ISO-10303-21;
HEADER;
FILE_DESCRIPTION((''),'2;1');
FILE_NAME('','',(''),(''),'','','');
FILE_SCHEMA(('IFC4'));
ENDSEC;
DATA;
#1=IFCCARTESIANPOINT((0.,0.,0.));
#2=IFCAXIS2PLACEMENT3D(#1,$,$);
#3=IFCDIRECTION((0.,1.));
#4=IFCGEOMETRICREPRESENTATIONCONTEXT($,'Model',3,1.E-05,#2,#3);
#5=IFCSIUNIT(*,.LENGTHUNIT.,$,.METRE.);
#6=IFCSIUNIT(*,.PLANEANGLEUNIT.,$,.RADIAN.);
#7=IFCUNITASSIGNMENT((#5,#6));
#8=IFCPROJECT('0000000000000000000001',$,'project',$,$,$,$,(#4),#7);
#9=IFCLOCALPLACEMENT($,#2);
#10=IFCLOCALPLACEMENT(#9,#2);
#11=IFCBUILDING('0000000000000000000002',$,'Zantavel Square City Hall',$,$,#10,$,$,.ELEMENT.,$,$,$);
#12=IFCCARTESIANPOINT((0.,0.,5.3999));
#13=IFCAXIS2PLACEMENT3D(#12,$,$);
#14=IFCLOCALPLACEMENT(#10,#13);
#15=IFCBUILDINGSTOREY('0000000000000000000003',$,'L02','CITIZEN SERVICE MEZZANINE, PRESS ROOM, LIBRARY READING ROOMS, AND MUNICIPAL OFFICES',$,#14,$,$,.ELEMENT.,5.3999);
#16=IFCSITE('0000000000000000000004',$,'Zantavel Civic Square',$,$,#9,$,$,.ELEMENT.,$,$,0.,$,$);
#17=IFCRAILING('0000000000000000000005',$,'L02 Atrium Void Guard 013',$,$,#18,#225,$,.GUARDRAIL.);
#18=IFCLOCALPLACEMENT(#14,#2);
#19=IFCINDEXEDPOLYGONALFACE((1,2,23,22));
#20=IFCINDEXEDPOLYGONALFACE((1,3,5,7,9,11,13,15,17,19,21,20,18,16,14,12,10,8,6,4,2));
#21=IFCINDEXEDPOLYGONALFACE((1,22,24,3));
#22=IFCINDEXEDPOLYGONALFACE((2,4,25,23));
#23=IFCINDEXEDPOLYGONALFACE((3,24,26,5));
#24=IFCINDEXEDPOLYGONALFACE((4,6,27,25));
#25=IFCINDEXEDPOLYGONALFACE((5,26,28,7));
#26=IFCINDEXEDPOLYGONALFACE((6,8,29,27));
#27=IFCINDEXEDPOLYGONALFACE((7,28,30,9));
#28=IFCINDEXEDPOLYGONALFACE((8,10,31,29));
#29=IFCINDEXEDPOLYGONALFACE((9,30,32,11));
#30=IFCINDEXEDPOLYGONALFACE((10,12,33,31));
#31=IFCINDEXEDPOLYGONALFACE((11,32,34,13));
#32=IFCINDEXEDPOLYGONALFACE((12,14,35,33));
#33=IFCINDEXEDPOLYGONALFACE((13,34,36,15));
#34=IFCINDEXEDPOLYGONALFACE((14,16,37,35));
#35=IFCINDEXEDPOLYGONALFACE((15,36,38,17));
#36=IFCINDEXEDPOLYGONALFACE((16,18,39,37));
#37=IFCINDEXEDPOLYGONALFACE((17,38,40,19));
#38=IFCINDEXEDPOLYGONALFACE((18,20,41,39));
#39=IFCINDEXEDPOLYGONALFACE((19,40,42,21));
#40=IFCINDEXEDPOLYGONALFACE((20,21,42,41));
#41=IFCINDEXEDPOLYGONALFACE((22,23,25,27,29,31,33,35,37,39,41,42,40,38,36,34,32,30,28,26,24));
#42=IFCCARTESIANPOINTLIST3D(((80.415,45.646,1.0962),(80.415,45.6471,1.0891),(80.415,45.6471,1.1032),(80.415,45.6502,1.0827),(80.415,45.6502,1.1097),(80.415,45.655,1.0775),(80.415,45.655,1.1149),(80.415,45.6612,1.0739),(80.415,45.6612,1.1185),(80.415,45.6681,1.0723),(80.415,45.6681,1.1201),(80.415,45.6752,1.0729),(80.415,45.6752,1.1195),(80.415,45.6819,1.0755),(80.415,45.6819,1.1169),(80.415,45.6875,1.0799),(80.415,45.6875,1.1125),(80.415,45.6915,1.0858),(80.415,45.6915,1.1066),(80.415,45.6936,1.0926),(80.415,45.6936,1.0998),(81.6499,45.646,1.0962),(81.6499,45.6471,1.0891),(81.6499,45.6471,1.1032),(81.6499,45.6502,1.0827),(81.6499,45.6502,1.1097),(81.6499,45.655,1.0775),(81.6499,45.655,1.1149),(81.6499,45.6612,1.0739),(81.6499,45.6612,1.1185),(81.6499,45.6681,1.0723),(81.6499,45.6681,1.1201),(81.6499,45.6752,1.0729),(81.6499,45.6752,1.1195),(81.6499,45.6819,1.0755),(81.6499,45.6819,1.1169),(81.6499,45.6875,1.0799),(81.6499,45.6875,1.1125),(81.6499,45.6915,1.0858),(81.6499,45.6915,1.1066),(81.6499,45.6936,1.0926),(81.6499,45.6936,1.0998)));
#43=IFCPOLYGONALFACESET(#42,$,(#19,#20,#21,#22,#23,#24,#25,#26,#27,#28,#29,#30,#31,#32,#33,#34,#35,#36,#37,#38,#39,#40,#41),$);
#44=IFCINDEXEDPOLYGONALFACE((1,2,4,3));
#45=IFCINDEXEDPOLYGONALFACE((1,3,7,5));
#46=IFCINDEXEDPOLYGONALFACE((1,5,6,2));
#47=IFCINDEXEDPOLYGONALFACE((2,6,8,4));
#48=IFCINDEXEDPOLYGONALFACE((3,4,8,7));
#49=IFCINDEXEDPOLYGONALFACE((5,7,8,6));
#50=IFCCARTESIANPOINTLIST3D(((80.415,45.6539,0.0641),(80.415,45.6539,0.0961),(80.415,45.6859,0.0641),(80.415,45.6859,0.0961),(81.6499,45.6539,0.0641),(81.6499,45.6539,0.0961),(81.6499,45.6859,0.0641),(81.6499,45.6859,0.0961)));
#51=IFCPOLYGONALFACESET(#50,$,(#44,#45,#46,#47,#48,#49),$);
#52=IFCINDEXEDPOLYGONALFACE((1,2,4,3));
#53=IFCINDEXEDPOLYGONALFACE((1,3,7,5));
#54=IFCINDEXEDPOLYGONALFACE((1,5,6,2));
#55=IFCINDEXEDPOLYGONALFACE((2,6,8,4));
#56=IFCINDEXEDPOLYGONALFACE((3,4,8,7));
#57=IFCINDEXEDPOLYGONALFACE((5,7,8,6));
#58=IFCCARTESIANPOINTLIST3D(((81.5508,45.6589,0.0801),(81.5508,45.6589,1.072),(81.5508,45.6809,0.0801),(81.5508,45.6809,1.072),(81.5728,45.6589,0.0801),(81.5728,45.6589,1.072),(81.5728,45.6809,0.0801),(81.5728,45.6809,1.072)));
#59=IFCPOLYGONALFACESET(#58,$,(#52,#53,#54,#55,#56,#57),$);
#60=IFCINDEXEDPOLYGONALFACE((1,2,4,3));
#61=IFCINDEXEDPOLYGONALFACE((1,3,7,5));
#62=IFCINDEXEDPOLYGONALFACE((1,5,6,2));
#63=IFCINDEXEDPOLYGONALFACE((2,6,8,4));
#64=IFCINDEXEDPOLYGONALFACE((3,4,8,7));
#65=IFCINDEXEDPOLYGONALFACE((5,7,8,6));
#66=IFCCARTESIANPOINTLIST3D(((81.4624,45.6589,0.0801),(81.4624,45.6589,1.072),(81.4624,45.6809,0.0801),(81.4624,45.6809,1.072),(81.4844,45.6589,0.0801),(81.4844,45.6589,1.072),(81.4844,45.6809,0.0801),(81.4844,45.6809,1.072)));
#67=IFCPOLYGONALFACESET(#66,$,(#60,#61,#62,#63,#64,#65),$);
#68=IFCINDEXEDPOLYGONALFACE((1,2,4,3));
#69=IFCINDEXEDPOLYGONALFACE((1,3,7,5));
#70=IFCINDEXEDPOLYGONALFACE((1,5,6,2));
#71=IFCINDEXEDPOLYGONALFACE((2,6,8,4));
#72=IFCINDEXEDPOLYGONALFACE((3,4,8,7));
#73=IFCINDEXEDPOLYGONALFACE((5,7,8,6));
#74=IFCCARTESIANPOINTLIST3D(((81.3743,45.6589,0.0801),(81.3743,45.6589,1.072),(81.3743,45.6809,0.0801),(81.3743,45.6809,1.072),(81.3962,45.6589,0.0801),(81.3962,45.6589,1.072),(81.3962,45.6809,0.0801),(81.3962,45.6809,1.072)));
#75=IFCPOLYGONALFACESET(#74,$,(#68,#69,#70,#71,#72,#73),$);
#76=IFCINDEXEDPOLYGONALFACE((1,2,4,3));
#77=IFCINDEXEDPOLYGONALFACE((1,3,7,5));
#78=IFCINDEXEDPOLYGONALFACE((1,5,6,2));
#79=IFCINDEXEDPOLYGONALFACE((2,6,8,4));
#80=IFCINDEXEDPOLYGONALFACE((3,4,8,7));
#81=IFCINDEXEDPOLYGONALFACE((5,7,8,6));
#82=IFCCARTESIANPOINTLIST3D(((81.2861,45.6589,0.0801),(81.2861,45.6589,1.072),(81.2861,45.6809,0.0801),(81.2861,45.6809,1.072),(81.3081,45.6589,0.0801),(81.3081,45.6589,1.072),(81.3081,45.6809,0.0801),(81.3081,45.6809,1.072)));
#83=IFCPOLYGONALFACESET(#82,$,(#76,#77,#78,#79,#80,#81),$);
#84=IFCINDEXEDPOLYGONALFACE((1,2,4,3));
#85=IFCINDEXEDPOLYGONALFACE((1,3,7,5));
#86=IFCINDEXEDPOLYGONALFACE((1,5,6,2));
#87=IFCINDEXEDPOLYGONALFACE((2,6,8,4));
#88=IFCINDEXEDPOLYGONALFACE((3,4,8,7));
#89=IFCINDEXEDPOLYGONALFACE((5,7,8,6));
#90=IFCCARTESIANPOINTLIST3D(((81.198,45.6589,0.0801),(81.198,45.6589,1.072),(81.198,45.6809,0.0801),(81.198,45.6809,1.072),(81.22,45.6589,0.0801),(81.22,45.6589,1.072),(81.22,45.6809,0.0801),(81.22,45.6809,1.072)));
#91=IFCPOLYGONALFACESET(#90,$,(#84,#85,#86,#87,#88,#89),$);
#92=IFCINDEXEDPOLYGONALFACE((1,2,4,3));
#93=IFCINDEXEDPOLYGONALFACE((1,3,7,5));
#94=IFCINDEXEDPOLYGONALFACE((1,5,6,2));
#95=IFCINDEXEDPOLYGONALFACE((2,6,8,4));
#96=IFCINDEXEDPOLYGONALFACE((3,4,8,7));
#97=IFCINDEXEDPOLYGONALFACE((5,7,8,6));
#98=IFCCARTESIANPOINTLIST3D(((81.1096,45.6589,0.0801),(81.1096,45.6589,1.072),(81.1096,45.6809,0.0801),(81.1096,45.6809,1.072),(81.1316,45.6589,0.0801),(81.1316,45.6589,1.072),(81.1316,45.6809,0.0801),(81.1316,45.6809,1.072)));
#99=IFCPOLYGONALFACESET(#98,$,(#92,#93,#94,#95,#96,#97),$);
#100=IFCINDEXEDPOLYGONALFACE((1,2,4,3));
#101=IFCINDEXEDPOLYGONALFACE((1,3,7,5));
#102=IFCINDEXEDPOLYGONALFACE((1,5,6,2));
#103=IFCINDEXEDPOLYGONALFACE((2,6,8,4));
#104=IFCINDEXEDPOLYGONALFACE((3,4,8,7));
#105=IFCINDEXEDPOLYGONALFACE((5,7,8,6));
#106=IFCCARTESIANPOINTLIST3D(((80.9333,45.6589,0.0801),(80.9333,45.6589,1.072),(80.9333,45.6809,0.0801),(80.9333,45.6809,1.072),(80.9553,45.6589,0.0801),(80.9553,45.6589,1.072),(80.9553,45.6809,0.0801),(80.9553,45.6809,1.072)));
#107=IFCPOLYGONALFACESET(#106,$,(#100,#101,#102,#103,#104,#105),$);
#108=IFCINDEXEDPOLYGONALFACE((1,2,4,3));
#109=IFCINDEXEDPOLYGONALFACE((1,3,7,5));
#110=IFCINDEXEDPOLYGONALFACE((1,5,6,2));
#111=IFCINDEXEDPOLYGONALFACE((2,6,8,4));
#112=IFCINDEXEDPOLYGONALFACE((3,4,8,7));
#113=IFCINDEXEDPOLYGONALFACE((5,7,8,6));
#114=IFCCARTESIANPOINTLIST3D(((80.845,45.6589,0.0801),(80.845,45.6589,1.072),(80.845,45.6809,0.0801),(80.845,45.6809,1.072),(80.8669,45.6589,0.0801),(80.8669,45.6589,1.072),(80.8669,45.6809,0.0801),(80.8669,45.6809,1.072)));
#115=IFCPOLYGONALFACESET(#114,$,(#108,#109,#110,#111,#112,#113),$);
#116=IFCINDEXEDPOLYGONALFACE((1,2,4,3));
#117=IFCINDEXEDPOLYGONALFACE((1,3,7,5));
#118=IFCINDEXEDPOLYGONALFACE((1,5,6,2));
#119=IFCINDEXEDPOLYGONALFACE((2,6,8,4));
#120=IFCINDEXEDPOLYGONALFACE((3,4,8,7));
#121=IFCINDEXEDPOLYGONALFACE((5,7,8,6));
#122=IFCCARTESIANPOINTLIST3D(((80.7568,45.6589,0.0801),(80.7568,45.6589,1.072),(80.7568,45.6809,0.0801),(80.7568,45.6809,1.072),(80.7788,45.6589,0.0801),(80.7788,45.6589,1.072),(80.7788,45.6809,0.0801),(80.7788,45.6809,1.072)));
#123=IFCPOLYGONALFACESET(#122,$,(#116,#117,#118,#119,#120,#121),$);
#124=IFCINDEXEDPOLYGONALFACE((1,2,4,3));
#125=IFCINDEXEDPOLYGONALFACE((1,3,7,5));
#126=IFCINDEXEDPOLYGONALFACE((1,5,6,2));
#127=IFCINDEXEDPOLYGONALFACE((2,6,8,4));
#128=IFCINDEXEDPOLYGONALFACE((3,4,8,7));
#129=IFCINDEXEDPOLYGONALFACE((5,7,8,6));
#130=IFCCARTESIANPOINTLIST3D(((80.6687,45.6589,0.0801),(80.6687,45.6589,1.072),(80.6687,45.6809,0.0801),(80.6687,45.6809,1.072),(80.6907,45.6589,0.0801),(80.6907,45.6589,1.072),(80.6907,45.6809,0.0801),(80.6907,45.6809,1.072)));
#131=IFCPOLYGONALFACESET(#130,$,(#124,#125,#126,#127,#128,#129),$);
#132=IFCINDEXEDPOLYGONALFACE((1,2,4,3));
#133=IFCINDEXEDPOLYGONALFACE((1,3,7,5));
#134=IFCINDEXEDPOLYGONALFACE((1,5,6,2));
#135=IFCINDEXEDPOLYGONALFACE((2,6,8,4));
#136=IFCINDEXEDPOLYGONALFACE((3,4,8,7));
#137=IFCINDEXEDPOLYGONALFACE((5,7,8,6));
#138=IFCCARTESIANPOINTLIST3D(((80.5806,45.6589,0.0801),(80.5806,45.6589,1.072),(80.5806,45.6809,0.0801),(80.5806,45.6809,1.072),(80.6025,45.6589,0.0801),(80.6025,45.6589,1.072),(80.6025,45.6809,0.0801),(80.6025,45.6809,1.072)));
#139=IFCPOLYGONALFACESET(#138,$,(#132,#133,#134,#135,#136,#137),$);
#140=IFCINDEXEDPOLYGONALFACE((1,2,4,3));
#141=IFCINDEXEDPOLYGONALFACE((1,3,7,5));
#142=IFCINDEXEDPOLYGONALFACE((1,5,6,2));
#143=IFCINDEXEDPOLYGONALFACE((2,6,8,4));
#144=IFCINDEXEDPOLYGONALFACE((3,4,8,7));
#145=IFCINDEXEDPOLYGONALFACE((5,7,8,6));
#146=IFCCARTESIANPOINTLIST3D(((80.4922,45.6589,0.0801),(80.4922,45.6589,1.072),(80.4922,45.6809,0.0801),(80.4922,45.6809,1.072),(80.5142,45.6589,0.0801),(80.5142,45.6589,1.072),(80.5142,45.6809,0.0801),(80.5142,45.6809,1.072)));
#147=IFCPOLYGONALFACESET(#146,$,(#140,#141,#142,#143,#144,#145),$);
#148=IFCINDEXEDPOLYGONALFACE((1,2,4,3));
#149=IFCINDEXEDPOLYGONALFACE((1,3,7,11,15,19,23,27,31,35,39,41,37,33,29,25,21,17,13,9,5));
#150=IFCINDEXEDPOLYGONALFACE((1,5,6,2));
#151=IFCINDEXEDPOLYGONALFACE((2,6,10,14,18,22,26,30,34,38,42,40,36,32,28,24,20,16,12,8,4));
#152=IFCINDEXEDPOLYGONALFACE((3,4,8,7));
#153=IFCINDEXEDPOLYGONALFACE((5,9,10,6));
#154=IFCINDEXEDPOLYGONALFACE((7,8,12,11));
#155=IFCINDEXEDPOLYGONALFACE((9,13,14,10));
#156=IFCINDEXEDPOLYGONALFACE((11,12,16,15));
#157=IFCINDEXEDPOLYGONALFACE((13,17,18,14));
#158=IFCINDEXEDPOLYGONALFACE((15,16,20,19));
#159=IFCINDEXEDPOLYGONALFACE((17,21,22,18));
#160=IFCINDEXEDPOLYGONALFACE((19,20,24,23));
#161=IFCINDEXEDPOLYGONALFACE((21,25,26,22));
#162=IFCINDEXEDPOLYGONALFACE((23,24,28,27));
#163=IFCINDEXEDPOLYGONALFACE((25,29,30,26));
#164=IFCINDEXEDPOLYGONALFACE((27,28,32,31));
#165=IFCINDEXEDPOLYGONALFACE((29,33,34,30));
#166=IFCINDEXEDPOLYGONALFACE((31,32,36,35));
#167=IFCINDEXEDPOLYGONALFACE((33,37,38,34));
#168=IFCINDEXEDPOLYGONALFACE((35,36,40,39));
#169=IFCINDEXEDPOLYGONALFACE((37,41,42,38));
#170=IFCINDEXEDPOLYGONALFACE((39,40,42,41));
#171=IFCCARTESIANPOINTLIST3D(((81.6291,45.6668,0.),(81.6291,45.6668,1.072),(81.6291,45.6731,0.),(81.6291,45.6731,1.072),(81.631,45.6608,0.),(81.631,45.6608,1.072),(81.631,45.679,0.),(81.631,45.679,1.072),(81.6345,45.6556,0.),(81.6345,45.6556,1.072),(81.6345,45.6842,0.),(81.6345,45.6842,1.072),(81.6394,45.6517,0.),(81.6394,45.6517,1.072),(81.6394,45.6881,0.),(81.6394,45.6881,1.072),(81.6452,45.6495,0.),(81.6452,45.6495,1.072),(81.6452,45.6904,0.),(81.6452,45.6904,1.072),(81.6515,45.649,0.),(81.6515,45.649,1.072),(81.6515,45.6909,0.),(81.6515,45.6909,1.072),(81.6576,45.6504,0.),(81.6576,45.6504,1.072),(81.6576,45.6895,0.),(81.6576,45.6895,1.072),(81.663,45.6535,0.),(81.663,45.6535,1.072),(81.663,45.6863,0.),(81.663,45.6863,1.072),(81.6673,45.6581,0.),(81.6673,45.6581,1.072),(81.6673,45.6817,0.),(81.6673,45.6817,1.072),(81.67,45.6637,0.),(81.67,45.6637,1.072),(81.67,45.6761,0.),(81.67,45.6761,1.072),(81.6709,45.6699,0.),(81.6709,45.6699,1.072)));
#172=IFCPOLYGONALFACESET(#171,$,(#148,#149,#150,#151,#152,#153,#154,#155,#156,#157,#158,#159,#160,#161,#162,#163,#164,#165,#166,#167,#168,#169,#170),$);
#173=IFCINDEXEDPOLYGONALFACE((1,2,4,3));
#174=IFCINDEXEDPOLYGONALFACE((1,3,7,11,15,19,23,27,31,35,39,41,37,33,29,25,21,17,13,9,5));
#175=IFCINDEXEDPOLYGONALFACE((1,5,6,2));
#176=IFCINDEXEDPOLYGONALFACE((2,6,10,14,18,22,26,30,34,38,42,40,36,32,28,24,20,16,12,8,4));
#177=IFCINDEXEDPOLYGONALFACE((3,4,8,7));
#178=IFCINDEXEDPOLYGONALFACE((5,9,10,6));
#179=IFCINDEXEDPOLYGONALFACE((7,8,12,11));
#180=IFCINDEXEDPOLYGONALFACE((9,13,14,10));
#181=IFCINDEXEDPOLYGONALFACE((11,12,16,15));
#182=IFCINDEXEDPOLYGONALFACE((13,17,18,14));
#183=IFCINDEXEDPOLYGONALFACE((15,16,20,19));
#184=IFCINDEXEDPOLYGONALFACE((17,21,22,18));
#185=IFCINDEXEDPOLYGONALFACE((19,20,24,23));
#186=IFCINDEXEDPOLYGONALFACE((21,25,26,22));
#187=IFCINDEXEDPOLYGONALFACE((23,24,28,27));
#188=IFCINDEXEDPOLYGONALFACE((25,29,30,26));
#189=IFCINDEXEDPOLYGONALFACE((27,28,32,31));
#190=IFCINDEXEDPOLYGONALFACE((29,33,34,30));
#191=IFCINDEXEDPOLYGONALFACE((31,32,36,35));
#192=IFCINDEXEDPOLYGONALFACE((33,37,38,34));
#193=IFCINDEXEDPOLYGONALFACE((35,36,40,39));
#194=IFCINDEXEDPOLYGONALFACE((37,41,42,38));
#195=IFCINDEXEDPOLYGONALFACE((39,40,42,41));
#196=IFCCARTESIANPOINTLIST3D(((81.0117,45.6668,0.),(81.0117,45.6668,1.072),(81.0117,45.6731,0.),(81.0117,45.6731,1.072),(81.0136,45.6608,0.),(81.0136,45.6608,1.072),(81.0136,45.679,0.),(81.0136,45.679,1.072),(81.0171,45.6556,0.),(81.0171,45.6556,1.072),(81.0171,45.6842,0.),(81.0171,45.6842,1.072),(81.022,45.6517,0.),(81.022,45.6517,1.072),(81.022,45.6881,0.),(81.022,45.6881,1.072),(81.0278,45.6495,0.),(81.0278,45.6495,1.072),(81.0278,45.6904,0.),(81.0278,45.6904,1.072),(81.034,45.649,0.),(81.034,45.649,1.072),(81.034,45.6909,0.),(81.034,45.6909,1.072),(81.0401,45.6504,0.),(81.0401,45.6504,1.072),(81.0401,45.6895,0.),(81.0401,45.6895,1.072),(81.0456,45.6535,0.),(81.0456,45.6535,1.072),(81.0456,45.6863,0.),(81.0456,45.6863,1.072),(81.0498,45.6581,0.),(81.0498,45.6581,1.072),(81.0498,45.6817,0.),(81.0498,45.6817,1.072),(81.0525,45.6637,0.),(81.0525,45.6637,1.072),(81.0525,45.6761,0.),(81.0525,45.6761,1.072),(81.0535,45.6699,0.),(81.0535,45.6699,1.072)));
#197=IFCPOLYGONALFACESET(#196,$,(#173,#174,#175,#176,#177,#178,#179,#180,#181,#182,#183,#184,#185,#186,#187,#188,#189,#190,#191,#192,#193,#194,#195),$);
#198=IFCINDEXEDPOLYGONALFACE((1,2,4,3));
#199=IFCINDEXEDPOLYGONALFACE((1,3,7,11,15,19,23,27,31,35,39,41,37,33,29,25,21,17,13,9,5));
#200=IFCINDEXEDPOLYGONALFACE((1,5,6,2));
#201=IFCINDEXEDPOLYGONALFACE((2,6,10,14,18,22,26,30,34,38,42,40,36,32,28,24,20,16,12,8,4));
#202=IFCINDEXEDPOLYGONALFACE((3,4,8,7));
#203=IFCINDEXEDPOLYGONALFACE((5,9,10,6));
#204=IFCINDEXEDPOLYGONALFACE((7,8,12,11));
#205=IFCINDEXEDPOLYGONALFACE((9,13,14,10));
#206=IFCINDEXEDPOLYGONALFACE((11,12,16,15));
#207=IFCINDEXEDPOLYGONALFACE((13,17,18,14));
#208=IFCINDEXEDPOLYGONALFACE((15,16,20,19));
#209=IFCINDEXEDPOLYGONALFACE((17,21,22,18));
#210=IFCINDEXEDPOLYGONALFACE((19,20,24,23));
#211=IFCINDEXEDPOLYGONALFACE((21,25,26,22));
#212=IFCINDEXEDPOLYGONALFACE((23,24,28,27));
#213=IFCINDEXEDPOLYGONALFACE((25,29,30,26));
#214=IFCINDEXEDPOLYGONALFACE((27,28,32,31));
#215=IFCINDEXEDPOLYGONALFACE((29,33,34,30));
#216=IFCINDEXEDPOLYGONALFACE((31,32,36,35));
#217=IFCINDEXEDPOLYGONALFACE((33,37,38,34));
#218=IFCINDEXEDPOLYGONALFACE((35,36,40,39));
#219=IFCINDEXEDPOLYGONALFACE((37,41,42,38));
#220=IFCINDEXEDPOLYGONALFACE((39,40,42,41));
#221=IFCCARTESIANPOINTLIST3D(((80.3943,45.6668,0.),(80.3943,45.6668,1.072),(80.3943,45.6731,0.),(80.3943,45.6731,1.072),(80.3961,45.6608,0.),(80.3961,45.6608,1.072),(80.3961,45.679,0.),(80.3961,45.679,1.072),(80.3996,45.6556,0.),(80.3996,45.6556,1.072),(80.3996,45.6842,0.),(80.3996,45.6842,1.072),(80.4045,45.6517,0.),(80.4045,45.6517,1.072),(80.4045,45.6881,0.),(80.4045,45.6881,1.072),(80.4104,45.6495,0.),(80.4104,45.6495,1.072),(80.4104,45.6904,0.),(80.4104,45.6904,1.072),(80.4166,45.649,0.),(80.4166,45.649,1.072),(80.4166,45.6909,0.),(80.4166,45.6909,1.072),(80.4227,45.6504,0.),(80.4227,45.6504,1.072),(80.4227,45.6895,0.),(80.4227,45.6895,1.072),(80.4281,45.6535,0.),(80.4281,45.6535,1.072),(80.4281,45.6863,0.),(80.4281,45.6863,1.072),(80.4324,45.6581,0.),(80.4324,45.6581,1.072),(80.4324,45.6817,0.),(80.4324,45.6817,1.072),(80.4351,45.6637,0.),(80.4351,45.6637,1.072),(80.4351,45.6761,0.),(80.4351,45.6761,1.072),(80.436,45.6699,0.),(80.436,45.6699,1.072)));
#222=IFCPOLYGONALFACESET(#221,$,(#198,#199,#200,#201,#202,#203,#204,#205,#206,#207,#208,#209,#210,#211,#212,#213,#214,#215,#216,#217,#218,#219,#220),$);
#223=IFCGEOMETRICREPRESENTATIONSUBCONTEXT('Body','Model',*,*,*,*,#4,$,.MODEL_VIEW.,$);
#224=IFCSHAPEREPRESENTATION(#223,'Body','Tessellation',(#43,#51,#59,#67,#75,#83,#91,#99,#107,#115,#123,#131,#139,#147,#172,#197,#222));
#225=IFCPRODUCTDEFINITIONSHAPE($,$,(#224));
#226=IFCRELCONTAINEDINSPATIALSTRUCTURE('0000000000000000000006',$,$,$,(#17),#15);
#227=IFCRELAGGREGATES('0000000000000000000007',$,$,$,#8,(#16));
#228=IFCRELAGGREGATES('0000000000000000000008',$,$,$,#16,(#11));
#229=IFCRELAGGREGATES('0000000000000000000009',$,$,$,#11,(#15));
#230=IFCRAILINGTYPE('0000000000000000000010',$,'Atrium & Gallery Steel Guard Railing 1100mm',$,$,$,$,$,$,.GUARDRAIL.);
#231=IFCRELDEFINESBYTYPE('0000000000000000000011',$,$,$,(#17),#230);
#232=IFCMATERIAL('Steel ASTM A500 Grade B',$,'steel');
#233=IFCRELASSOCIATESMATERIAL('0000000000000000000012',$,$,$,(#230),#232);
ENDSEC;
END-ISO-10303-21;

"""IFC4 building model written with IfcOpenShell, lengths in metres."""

from ifc_helpers import new_model, si_unit, direction, frame, origin, origin_2d, place, context, subcontext, project, spatial, rectangle, circle, extrude, material, type_object, element, save


model = new_model("IFC4")

# Units and contexts
model_context = context("Model", 3, precision=1e-05, world=origin(), true_north=direction((0.0, 1.0)))
body_context = subcontext(model_context, "Body", "Model", "MODEL_VIEW")
ifc_project = project(units=[si_unit("LENGTHUNIT", "METRE"), si_unit("PLANEANGLEUNIT", "RADIAN")], contexts=[model_context])

# Site, building, storey
site_placement = place(None, origin())
site = spatial("IfcSite", under=ifc_project, at=site_placement, Name="Zantavel Civic Square", CompositionType="ELEMENT", RefElevation=0.0)
building_placement = place(site_placement, origin())
building = spatial("IfcBuilding", under=site, at=building_placement, Name="Zantavel Square City Hall", CompositionType="ELEMENT")
storey_placement = place(building_placement, frame((0.0, 0.0, 5.3999)))
storey = spatial("IfcBuildingStorey", under=building, at=storey_placement, Name="L02", Description="CITIZEN SERVICE MEZZANINE, PRESS ROOM, LIBRARY READING ROOMS, AND MUNICIPAL OFFICES", CompositionType="ELEMENT", Elevation=5.3999)

# Railing
ifc_material_1 = material(Name="Steel ASTM A500 Grade B", Category="steel")
railing_type_1 = type_object("IfcRailingType", Name="Atrium & Gallery Steel Guard Railing 1100mm", PredefinedType="GUARDRAIL", material=ifc_material_1)
railing_1_placement = place(storey_placement, frame((81.6499, 45.6699, 0.0)))
element("IfcRailing", 1, at=railing_1_placement, inside=storey, type_object=railing_type_1, Name="L02 Atrium Void Guard 013", PredefinedType="GUARDRAIL", context=body_context, shape_type="SweptSolid", body=[
    extrude(circle(Radius=0.0239, at=origin_2d()), frame((0.0, 0.0, 1.0962), z_axis=(-1.0, 0.0, 0.0), x_axis=(0.0, -1.0, 0.0)), (0.0, 0.0, 1.0), 1.2349),
    extrude(rectangle(XDim=0.032, YDim=0.032, at=origin_2d()), frame((0.0, 0.0, 0.0801), z_axis=(-1.0, 0.0, 0.0), x_axis=(0.0, -1.0, 0.0)), (0.0, 0.0, 1.0), 1.2349),
    extrude(rectangle(XDim=0.022, YDim=0.022, at=origin_2d()), frame((-0.0881, 0.0, 0.0801)), (0.0, 0.0, 1.0), 0.9919),
    extrude(rectangle(XDim=0.022, YDim=0.022, at=origin_2d()), frame((-0.1765, 0.0, 0.0801)), (0.0, 0.0, 1.0), 0.9919),
    extrude(rectangle(XDim=0.022, YDim=0.022, at=origin_2d()), frame((-0.2646, 0.0, 0.0801)), (0.0, 0.0, 1.0), 0.9919),
    extrude(rectangle(XDim=0.022, YDim=0.022, at=origin_2d()), frame((-0.3528, 0.0, 0.0801)), (0.0, 0.0, 1.0), 0.9919),
    extrude(rectangle(XDim=0.022, YDim=0.022, at=origin_2d()), frame((-0.4409, 0.0, 0.0801)), (0.0, 0.0, 1.0), 0.9919),
    extrude(rectangle(XDim=0.022, YDim=0.022, at=origin_2d()), frame((-0.5293, 0.0, 0.0801)), (0.0, 0.0, 1.0), 0.9919),
    extrude(rectangle(XDim=0.022, YDim=0.022, at=origin_2d()), frame((-0.7056, 0.0, 0.0801)), (0.0, 0.0, 1.0), 0.9919),
    extrude(rectangle(XDim=0.022, YDim=0.022, at=origin_2d()), frame((-0.7939, 0.0, 0.0801)), (0.0, 0.0, 1.0), 0.9919),
    extrude(rectangle(XDim=0.022, YDim=0.022, at=origin_2d()), frame((-0.8821, 0.0, 0.0801)), (0.0, 0.0, 1.0), 0.9919),
    extrude(rectangle(XDim=0.022, YDim=0.022, at=origin_2d()), frame((-0.9702, 0.0, 0.0801)), (0.0, 0.0, 1.0), 0.9919),
    extrude(rectangle(XDim=0.022, YDim=0.022, at=origin_2d()), frame((-1.0583, 0.0, 0.0801)), (0.0, 0.0, 1.0), 0.9919),
    extrude(rectangle(XDim=0.022, YDim=0.022, at=origin_2d()), frame((-1.1467, 0.0, 0.0801)), (0.0, 0.0, 1.0), 0.9919),
    extrude(circle(Radius=0.021, at=origin_2d()), origin(), (0.0, 0.0, 1.0), 1.072),
    extrude(circle(Radius=0.021, at=origin_2d()), frame((-0.6174, 0.0, 0.0)), (0.0, 0.0, 1.0), 1.072),
    extrude(circle(Radius=0.021, at=origin_2d()), frame((-1.2349, 0.0, 0.0)), (0.0, 0.0, 1.0), 1.072),
])

save(model, "model.ifc")
